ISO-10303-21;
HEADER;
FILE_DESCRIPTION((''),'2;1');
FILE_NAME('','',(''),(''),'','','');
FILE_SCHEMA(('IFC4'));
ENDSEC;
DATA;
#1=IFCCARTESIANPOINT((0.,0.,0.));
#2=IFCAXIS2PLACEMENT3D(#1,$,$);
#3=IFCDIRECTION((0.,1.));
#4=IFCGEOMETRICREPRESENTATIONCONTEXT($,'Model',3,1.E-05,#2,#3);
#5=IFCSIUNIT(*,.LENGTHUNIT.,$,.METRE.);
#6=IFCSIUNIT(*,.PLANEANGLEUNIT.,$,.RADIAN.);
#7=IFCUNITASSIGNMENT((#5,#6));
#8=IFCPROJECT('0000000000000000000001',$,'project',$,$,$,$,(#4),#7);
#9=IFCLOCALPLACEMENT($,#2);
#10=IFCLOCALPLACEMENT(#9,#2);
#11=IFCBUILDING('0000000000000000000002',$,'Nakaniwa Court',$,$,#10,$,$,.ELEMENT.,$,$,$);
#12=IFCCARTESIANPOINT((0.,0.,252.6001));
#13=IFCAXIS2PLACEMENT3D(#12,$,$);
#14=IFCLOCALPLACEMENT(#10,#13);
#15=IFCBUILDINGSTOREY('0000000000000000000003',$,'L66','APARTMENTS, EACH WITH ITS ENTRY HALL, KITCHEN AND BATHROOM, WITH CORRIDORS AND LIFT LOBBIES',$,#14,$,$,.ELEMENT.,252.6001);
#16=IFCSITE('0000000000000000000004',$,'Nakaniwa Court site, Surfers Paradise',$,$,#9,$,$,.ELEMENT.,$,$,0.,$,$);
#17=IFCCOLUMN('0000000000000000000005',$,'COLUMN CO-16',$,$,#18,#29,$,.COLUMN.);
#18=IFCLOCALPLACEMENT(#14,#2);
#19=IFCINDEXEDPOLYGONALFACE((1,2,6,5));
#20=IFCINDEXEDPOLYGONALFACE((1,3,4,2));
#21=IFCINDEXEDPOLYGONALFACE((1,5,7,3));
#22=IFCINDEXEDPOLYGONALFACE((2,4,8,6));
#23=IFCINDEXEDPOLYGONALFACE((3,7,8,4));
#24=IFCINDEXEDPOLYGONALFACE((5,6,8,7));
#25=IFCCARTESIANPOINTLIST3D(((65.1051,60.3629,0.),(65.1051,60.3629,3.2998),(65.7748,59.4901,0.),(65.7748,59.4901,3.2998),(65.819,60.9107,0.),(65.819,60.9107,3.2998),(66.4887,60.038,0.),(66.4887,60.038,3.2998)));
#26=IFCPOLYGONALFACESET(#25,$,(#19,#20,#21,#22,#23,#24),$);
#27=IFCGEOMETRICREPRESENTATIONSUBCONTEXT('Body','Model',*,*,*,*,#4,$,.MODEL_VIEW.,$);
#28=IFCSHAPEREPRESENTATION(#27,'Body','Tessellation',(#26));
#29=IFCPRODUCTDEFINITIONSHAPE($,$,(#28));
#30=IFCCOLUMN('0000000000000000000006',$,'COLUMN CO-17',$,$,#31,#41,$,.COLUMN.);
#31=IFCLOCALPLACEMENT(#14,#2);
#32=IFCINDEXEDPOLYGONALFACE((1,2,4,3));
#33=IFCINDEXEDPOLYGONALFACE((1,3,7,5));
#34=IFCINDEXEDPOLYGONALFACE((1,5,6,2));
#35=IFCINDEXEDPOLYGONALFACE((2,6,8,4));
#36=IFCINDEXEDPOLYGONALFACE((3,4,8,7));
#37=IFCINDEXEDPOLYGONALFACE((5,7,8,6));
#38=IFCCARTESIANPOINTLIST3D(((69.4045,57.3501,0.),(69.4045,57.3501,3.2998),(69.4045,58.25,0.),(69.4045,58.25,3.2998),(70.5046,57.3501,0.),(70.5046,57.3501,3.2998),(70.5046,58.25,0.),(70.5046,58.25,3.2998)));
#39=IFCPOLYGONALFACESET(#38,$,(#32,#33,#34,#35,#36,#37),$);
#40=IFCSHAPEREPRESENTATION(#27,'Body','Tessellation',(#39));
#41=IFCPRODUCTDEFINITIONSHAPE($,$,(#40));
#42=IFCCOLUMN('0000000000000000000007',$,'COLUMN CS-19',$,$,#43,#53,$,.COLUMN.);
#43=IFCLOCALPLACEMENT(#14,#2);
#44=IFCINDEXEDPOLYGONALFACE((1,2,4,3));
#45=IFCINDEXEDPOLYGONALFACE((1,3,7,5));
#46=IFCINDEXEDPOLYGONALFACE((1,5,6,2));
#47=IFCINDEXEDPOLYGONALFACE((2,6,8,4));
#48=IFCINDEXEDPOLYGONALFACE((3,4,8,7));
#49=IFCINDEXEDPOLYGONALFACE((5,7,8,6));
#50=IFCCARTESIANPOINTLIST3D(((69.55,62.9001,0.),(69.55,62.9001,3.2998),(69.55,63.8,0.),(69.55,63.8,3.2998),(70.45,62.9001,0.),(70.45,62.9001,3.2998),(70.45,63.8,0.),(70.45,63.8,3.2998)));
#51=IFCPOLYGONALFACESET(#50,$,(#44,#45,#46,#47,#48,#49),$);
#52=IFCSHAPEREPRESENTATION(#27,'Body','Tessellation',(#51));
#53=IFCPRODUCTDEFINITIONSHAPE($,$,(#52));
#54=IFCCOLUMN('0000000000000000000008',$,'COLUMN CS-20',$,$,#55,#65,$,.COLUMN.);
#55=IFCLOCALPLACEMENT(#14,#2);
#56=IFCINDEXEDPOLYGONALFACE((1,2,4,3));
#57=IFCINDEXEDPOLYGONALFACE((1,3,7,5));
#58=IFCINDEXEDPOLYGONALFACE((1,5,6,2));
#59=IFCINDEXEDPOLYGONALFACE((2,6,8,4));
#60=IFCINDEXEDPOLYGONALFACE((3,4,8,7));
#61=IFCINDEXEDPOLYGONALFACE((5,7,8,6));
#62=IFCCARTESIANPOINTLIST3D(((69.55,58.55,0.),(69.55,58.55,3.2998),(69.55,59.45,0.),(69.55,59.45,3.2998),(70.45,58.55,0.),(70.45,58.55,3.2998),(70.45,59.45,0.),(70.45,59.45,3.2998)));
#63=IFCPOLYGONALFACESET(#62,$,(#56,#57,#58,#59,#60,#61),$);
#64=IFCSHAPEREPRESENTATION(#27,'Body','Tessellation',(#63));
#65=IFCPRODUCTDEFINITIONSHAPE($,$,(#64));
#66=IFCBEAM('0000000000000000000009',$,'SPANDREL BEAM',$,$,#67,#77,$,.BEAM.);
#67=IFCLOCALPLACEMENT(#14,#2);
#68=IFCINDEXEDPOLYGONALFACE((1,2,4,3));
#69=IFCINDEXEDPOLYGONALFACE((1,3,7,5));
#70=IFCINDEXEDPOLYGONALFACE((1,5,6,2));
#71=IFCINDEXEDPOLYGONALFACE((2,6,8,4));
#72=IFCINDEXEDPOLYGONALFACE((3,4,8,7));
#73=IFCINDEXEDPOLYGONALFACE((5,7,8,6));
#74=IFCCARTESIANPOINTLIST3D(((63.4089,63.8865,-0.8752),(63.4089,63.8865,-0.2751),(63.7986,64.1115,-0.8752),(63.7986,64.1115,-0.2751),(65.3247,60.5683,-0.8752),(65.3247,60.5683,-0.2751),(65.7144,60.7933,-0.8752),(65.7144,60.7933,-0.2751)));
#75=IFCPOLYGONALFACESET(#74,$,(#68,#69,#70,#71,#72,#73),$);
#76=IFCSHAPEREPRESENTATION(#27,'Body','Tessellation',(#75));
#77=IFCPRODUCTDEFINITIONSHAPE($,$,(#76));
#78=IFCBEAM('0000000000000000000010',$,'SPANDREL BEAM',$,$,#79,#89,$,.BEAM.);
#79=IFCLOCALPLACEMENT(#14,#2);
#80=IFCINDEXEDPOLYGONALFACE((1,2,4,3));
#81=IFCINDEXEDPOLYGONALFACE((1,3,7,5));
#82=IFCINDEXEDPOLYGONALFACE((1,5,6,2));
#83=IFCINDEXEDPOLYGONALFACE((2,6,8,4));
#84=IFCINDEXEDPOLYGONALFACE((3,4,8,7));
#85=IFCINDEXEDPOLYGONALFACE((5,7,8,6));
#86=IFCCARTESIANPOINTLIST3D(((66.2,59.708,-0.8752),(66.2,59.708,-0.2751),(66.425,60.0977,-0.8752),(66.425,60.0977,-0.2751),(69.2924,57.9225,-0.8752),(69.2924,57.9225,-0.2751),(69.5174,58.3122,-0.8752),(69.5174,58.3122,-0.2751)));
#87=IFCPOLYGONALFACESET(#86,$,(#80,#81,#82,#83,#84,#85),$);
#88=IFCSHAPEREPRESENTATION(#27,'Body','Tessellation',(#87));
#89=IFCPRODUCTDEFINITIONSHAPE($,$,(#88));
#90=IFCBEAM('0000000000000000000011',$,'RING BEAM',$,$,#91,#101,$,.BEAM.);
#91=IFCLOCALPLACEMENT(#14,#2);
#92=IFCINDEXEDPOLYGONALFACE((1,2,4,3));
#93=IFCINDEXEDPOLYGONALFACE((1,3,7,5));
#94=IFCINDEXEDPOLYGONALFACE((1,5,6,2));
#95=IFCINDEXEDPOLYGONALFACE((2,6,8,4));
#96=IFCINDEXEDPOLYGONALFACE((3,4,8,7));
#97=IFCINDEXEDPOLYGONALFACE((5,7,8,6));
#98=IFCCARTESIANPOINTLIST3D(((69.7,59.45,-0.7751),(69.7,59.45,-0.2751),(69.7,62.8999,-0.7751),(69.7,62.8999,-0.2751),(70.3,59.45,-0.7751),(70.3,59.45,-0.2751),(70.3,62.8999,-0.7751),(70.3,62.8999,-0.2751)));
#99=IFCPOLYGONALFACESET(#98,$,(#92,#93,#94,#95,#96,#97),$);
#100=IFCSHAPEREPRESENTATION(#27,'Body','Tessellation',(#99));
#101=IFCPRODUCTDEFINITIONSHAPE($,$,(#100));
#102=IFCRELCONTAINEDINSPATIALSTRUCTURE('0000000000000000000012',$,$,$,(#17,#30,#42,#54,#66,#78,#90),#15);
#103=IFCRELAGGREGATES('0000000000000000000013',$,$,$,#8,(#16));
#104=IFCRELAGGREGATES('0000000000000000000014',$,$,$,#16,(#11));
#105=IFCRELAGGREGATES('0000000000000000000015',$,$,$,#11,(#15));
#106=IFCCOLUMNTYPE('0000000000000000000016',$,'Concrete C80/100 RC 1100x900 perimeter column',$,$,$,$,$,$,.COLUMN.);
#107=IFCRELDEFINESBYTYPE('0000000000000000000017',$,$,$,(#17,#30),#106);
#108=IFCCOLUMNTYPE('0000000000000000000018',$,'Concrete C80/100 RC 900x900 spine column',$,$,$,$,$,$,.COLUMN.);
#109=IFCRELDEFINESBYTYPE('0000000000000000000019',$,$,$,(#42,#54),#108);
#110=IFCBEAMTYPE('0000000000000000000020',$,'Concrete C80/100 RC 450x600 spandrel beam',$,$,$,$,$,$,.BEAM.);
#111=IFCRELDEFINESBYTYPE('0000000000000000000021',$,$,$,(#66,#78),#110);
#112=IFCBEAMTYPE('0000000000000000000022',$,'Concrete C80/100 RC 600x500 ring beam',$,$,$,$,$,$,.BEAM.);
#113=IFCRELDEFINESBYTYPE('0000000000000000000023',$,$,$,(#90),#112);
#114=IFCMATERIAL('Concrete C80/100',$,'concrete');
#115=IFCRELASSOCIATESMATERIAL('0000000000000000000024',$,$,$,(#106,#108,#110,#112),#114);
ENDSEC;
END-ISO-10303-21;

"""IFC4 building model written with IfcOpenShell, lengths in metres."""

from ifc_helpers import new_model, si_unit, direction, frame, origin, origin_2d, place, context, subcontext, project, spatial, rectangle, extrude, material, material_profile, profile_set, type_object, element, save


model = new_model("IFC4")

# Units and contexts
model_context = context("Model", 3, precision=1e-05, world=origin(), true_north=direction((0.0, 1.0)))
body_context = subcontext(model_context, "Body", "Model", "MODEL_VIEW")
ifc_project = project(units=[si_unit("LENGTHUNIT", "METRE"), si_unit("PLANEANGLEUNIT", "RADIAN")], contexts=[model_context])

# Site, building, storey
site_placement = place(None, origin())
site = spatial("IfcSite", under=ifc_project, at=site_placement, Name="Nakaniwa Court site, Surfers Paradise", CompositionType="ELEMENT", RefElevation=0.0)
building_placement = place(site_placement, origin())
building = spatial("IfcBuilding", under=site, at=building_placement, Name="Nakaniwa Court", CompositionType="ELEMENT")
storey_placement = place(building_placement, frame((0.0, 0.0, 252.6001)))
storey = spatial("IfcBuildingStorey", under=building, at=storey_placement, Name="L66", Description="APARTMENTS, EACH WITH ITS ENTRY HALL, KITCHEN AND BATHROOM, WITH CORRIDORS AND LIFT LOBBIES", CompositionType="ELEMENT", Elevation=252.6001)

# Columns
ifc_material_1 = material(Name="Concrete C80/100", Category="concrete")
ifc_material_profile_1 = material_profile(ifc_material_1, rectangle(XDim=1.1001, YDim=0.8999, at=origin_2d()), Name="Concrete C80/100 RC 1100x900 perimeter column")
ifc_profile_set_1 = profile_set([ifc_material_profile_1], Name="Concrete C80/100")
column_type_1 = type_object("IfcColumnType", Name="Concrete C80/100 RC 1100x900 perimeter column", PredefinedType="COLUMN", material=ifc_profile_set_1)
for number, where, z_axis, x_axis, name in (
    (1, (65.7969, 60.2004, 0.0), (0.0, 0.0, 1.0), (0.608761, -0.793353, 0.0), "COLUMN CO-16"),
    (2, (69.9546, 57.8, 0.0), (0.0, 0.0, 1.0), (1.0, 0.0, 0.0), "COLUMN CO-17"),
):
    element("IfcColumn", number, at=place(storey_placement, frame(where, z_axis=z_axis, x_axis=x_axis)), inside=storey, type_object=column_type_1, Name=name, PredefinedType="COLUMN", context=body_context, shape_type="SweptSolid", body=[
        extrude(rectangle(XDim=1.1001, YDim=0.8999, at=origin_2d()), origin(), (0.0, 0.0, 1.0), 3.2998),
    ])
ifc_material_profile_2 = material_profile(ifc_material_1, rectangle(XDim=0.8999, YDim=0.8999, at=origin_2d()), Name="Concrete C80/100 RC 900x900 spine column")
ifc_profile_set_2 = profile_set([ifc_material_profile_2], Name="Concrete C80/100")
column_type_2 = type_object("IfcColumnType", Name="Concrete C80/100 RC 900x900 spine column", PredefinedType="COLUMN", material=ifc_profile_set_2)
for number, where, z_axis, x_axis, name in (
    (3, (70.0, 63.3501, 0.0), (0.0, 0.0, 1.0), (0.0, -1.0, 0.0), "COLUMN CS-19"),
    (4, (70.0, 59.0, 0.0), (0.0, 0.0, 1.0), (0.0, -1.0, 0.0), "COLUMN CS-20"),
):
    element("IfcColumn", number, at=place(storey_placement, frame(where, z_axis=z_axis, x_axis=x_axis)), inside=storey, type_object=column_type_2, Name=name, PredefinedType="COLUMN", context=body_context, shape_type="SweptSolid", body=[
        extrude(rectangle(XDim=0.8999, YDim=0.8999, at=origin_2d()), origin(), (0.0, 0.0, 1.0), 3.2998),
    ])

# Beams
ifc_material_profile_3 = material_profile(ifc_material_1, rectangle(XDim=0.45, YDim=0.6001, at=origin_2d()), Name="Concrete C80/100 RC 450x600 spandrel beam")
ifc_profile_set_3 = profile_set([ifc_material_profile_3], Name="Concrete C80/100")
beam_type_1 = type_object("IfcBeamType", Name="Concrete C80/100 RC 450x600 spandrel beam", PredefinedType="BEAM", material=ifc_profile_set_3)
beam_1_placement = place(storey_placement, frame((63.6038, 63.999, -0.5752), z_axis=(0.500011, -0.866019, 0.0), x_axis=(0.866019, 0.500011, 0.0)))
element("IfcBeam", 5, at=beam_1_placement, inside=storey, type_object=beam_type_1, Name="SPANDREL BEAM", PredefinedType="BEAM", context=body_context, shape_type="SweptSolid", body=[
    extrude(rectangle(XDim=0.45, YDim=0.6001, at=origin_2d()), origin(), (0.0, 0.0, 1.0), 3.8315),
])
beam_2_placement = place(storey_placement, frame((66.3125, 59.9028, -0.5752), z_axis=(0.866017, -0.500014, 0.0), x_axis=(0.500014, 0.866017, 0.0)))
element("IfcBeam", 6, at=beam_2_placement, inside=storey, type_object=beam_type_1, Name="SPANDREL BEAM", PredefinedType="BEAM", context=body_context, shape_type="SweptSolid", body=[
    extrude(rectangle(XDim=0.45, YDim=0.6001, at=origin_2d()), origin(), (0.0, 0.0, 1.0), 3.5708),
])
ifc_material_profile_4 = material_profile(ifc_material_1, rectangle(XDim=0.6001, YDim=0.5, at=origin_2d()), Name="Concrete C80/100 RC 600x500 ring beam")
ifc_profile_set_4 = profile_set([ifc_material_profile_4], Name="Concrete C80/100")
beam_type_2 = type_object("IfcBeamType", Name="Concrete C80/100 RC 600x500 ring beam", PredefinedType="BEAM", material=ifc_profile_set_4)
beam_3_placement = place(storey_placement, frame((70.0, 62.8999, -0.5251), z_axis=(0.0, -1.0, 0.0), x_axis=(1.0, 0.0, 0.0)))
element("IfcBeam", 7, at=beam_3_placement, inside=storey, type_object=beam_type_2, Name="RING BEAM", PredefinedType="BEAM", context=body_context, shape_type="SweptSolid", body=[
    extrude(rectangle(XDim=0.6001, YDim=0.5, at=origin_2d()), origin(), (0.0, 0.0, 1.0), 3.45),
])

save(model, "model.ifc")
